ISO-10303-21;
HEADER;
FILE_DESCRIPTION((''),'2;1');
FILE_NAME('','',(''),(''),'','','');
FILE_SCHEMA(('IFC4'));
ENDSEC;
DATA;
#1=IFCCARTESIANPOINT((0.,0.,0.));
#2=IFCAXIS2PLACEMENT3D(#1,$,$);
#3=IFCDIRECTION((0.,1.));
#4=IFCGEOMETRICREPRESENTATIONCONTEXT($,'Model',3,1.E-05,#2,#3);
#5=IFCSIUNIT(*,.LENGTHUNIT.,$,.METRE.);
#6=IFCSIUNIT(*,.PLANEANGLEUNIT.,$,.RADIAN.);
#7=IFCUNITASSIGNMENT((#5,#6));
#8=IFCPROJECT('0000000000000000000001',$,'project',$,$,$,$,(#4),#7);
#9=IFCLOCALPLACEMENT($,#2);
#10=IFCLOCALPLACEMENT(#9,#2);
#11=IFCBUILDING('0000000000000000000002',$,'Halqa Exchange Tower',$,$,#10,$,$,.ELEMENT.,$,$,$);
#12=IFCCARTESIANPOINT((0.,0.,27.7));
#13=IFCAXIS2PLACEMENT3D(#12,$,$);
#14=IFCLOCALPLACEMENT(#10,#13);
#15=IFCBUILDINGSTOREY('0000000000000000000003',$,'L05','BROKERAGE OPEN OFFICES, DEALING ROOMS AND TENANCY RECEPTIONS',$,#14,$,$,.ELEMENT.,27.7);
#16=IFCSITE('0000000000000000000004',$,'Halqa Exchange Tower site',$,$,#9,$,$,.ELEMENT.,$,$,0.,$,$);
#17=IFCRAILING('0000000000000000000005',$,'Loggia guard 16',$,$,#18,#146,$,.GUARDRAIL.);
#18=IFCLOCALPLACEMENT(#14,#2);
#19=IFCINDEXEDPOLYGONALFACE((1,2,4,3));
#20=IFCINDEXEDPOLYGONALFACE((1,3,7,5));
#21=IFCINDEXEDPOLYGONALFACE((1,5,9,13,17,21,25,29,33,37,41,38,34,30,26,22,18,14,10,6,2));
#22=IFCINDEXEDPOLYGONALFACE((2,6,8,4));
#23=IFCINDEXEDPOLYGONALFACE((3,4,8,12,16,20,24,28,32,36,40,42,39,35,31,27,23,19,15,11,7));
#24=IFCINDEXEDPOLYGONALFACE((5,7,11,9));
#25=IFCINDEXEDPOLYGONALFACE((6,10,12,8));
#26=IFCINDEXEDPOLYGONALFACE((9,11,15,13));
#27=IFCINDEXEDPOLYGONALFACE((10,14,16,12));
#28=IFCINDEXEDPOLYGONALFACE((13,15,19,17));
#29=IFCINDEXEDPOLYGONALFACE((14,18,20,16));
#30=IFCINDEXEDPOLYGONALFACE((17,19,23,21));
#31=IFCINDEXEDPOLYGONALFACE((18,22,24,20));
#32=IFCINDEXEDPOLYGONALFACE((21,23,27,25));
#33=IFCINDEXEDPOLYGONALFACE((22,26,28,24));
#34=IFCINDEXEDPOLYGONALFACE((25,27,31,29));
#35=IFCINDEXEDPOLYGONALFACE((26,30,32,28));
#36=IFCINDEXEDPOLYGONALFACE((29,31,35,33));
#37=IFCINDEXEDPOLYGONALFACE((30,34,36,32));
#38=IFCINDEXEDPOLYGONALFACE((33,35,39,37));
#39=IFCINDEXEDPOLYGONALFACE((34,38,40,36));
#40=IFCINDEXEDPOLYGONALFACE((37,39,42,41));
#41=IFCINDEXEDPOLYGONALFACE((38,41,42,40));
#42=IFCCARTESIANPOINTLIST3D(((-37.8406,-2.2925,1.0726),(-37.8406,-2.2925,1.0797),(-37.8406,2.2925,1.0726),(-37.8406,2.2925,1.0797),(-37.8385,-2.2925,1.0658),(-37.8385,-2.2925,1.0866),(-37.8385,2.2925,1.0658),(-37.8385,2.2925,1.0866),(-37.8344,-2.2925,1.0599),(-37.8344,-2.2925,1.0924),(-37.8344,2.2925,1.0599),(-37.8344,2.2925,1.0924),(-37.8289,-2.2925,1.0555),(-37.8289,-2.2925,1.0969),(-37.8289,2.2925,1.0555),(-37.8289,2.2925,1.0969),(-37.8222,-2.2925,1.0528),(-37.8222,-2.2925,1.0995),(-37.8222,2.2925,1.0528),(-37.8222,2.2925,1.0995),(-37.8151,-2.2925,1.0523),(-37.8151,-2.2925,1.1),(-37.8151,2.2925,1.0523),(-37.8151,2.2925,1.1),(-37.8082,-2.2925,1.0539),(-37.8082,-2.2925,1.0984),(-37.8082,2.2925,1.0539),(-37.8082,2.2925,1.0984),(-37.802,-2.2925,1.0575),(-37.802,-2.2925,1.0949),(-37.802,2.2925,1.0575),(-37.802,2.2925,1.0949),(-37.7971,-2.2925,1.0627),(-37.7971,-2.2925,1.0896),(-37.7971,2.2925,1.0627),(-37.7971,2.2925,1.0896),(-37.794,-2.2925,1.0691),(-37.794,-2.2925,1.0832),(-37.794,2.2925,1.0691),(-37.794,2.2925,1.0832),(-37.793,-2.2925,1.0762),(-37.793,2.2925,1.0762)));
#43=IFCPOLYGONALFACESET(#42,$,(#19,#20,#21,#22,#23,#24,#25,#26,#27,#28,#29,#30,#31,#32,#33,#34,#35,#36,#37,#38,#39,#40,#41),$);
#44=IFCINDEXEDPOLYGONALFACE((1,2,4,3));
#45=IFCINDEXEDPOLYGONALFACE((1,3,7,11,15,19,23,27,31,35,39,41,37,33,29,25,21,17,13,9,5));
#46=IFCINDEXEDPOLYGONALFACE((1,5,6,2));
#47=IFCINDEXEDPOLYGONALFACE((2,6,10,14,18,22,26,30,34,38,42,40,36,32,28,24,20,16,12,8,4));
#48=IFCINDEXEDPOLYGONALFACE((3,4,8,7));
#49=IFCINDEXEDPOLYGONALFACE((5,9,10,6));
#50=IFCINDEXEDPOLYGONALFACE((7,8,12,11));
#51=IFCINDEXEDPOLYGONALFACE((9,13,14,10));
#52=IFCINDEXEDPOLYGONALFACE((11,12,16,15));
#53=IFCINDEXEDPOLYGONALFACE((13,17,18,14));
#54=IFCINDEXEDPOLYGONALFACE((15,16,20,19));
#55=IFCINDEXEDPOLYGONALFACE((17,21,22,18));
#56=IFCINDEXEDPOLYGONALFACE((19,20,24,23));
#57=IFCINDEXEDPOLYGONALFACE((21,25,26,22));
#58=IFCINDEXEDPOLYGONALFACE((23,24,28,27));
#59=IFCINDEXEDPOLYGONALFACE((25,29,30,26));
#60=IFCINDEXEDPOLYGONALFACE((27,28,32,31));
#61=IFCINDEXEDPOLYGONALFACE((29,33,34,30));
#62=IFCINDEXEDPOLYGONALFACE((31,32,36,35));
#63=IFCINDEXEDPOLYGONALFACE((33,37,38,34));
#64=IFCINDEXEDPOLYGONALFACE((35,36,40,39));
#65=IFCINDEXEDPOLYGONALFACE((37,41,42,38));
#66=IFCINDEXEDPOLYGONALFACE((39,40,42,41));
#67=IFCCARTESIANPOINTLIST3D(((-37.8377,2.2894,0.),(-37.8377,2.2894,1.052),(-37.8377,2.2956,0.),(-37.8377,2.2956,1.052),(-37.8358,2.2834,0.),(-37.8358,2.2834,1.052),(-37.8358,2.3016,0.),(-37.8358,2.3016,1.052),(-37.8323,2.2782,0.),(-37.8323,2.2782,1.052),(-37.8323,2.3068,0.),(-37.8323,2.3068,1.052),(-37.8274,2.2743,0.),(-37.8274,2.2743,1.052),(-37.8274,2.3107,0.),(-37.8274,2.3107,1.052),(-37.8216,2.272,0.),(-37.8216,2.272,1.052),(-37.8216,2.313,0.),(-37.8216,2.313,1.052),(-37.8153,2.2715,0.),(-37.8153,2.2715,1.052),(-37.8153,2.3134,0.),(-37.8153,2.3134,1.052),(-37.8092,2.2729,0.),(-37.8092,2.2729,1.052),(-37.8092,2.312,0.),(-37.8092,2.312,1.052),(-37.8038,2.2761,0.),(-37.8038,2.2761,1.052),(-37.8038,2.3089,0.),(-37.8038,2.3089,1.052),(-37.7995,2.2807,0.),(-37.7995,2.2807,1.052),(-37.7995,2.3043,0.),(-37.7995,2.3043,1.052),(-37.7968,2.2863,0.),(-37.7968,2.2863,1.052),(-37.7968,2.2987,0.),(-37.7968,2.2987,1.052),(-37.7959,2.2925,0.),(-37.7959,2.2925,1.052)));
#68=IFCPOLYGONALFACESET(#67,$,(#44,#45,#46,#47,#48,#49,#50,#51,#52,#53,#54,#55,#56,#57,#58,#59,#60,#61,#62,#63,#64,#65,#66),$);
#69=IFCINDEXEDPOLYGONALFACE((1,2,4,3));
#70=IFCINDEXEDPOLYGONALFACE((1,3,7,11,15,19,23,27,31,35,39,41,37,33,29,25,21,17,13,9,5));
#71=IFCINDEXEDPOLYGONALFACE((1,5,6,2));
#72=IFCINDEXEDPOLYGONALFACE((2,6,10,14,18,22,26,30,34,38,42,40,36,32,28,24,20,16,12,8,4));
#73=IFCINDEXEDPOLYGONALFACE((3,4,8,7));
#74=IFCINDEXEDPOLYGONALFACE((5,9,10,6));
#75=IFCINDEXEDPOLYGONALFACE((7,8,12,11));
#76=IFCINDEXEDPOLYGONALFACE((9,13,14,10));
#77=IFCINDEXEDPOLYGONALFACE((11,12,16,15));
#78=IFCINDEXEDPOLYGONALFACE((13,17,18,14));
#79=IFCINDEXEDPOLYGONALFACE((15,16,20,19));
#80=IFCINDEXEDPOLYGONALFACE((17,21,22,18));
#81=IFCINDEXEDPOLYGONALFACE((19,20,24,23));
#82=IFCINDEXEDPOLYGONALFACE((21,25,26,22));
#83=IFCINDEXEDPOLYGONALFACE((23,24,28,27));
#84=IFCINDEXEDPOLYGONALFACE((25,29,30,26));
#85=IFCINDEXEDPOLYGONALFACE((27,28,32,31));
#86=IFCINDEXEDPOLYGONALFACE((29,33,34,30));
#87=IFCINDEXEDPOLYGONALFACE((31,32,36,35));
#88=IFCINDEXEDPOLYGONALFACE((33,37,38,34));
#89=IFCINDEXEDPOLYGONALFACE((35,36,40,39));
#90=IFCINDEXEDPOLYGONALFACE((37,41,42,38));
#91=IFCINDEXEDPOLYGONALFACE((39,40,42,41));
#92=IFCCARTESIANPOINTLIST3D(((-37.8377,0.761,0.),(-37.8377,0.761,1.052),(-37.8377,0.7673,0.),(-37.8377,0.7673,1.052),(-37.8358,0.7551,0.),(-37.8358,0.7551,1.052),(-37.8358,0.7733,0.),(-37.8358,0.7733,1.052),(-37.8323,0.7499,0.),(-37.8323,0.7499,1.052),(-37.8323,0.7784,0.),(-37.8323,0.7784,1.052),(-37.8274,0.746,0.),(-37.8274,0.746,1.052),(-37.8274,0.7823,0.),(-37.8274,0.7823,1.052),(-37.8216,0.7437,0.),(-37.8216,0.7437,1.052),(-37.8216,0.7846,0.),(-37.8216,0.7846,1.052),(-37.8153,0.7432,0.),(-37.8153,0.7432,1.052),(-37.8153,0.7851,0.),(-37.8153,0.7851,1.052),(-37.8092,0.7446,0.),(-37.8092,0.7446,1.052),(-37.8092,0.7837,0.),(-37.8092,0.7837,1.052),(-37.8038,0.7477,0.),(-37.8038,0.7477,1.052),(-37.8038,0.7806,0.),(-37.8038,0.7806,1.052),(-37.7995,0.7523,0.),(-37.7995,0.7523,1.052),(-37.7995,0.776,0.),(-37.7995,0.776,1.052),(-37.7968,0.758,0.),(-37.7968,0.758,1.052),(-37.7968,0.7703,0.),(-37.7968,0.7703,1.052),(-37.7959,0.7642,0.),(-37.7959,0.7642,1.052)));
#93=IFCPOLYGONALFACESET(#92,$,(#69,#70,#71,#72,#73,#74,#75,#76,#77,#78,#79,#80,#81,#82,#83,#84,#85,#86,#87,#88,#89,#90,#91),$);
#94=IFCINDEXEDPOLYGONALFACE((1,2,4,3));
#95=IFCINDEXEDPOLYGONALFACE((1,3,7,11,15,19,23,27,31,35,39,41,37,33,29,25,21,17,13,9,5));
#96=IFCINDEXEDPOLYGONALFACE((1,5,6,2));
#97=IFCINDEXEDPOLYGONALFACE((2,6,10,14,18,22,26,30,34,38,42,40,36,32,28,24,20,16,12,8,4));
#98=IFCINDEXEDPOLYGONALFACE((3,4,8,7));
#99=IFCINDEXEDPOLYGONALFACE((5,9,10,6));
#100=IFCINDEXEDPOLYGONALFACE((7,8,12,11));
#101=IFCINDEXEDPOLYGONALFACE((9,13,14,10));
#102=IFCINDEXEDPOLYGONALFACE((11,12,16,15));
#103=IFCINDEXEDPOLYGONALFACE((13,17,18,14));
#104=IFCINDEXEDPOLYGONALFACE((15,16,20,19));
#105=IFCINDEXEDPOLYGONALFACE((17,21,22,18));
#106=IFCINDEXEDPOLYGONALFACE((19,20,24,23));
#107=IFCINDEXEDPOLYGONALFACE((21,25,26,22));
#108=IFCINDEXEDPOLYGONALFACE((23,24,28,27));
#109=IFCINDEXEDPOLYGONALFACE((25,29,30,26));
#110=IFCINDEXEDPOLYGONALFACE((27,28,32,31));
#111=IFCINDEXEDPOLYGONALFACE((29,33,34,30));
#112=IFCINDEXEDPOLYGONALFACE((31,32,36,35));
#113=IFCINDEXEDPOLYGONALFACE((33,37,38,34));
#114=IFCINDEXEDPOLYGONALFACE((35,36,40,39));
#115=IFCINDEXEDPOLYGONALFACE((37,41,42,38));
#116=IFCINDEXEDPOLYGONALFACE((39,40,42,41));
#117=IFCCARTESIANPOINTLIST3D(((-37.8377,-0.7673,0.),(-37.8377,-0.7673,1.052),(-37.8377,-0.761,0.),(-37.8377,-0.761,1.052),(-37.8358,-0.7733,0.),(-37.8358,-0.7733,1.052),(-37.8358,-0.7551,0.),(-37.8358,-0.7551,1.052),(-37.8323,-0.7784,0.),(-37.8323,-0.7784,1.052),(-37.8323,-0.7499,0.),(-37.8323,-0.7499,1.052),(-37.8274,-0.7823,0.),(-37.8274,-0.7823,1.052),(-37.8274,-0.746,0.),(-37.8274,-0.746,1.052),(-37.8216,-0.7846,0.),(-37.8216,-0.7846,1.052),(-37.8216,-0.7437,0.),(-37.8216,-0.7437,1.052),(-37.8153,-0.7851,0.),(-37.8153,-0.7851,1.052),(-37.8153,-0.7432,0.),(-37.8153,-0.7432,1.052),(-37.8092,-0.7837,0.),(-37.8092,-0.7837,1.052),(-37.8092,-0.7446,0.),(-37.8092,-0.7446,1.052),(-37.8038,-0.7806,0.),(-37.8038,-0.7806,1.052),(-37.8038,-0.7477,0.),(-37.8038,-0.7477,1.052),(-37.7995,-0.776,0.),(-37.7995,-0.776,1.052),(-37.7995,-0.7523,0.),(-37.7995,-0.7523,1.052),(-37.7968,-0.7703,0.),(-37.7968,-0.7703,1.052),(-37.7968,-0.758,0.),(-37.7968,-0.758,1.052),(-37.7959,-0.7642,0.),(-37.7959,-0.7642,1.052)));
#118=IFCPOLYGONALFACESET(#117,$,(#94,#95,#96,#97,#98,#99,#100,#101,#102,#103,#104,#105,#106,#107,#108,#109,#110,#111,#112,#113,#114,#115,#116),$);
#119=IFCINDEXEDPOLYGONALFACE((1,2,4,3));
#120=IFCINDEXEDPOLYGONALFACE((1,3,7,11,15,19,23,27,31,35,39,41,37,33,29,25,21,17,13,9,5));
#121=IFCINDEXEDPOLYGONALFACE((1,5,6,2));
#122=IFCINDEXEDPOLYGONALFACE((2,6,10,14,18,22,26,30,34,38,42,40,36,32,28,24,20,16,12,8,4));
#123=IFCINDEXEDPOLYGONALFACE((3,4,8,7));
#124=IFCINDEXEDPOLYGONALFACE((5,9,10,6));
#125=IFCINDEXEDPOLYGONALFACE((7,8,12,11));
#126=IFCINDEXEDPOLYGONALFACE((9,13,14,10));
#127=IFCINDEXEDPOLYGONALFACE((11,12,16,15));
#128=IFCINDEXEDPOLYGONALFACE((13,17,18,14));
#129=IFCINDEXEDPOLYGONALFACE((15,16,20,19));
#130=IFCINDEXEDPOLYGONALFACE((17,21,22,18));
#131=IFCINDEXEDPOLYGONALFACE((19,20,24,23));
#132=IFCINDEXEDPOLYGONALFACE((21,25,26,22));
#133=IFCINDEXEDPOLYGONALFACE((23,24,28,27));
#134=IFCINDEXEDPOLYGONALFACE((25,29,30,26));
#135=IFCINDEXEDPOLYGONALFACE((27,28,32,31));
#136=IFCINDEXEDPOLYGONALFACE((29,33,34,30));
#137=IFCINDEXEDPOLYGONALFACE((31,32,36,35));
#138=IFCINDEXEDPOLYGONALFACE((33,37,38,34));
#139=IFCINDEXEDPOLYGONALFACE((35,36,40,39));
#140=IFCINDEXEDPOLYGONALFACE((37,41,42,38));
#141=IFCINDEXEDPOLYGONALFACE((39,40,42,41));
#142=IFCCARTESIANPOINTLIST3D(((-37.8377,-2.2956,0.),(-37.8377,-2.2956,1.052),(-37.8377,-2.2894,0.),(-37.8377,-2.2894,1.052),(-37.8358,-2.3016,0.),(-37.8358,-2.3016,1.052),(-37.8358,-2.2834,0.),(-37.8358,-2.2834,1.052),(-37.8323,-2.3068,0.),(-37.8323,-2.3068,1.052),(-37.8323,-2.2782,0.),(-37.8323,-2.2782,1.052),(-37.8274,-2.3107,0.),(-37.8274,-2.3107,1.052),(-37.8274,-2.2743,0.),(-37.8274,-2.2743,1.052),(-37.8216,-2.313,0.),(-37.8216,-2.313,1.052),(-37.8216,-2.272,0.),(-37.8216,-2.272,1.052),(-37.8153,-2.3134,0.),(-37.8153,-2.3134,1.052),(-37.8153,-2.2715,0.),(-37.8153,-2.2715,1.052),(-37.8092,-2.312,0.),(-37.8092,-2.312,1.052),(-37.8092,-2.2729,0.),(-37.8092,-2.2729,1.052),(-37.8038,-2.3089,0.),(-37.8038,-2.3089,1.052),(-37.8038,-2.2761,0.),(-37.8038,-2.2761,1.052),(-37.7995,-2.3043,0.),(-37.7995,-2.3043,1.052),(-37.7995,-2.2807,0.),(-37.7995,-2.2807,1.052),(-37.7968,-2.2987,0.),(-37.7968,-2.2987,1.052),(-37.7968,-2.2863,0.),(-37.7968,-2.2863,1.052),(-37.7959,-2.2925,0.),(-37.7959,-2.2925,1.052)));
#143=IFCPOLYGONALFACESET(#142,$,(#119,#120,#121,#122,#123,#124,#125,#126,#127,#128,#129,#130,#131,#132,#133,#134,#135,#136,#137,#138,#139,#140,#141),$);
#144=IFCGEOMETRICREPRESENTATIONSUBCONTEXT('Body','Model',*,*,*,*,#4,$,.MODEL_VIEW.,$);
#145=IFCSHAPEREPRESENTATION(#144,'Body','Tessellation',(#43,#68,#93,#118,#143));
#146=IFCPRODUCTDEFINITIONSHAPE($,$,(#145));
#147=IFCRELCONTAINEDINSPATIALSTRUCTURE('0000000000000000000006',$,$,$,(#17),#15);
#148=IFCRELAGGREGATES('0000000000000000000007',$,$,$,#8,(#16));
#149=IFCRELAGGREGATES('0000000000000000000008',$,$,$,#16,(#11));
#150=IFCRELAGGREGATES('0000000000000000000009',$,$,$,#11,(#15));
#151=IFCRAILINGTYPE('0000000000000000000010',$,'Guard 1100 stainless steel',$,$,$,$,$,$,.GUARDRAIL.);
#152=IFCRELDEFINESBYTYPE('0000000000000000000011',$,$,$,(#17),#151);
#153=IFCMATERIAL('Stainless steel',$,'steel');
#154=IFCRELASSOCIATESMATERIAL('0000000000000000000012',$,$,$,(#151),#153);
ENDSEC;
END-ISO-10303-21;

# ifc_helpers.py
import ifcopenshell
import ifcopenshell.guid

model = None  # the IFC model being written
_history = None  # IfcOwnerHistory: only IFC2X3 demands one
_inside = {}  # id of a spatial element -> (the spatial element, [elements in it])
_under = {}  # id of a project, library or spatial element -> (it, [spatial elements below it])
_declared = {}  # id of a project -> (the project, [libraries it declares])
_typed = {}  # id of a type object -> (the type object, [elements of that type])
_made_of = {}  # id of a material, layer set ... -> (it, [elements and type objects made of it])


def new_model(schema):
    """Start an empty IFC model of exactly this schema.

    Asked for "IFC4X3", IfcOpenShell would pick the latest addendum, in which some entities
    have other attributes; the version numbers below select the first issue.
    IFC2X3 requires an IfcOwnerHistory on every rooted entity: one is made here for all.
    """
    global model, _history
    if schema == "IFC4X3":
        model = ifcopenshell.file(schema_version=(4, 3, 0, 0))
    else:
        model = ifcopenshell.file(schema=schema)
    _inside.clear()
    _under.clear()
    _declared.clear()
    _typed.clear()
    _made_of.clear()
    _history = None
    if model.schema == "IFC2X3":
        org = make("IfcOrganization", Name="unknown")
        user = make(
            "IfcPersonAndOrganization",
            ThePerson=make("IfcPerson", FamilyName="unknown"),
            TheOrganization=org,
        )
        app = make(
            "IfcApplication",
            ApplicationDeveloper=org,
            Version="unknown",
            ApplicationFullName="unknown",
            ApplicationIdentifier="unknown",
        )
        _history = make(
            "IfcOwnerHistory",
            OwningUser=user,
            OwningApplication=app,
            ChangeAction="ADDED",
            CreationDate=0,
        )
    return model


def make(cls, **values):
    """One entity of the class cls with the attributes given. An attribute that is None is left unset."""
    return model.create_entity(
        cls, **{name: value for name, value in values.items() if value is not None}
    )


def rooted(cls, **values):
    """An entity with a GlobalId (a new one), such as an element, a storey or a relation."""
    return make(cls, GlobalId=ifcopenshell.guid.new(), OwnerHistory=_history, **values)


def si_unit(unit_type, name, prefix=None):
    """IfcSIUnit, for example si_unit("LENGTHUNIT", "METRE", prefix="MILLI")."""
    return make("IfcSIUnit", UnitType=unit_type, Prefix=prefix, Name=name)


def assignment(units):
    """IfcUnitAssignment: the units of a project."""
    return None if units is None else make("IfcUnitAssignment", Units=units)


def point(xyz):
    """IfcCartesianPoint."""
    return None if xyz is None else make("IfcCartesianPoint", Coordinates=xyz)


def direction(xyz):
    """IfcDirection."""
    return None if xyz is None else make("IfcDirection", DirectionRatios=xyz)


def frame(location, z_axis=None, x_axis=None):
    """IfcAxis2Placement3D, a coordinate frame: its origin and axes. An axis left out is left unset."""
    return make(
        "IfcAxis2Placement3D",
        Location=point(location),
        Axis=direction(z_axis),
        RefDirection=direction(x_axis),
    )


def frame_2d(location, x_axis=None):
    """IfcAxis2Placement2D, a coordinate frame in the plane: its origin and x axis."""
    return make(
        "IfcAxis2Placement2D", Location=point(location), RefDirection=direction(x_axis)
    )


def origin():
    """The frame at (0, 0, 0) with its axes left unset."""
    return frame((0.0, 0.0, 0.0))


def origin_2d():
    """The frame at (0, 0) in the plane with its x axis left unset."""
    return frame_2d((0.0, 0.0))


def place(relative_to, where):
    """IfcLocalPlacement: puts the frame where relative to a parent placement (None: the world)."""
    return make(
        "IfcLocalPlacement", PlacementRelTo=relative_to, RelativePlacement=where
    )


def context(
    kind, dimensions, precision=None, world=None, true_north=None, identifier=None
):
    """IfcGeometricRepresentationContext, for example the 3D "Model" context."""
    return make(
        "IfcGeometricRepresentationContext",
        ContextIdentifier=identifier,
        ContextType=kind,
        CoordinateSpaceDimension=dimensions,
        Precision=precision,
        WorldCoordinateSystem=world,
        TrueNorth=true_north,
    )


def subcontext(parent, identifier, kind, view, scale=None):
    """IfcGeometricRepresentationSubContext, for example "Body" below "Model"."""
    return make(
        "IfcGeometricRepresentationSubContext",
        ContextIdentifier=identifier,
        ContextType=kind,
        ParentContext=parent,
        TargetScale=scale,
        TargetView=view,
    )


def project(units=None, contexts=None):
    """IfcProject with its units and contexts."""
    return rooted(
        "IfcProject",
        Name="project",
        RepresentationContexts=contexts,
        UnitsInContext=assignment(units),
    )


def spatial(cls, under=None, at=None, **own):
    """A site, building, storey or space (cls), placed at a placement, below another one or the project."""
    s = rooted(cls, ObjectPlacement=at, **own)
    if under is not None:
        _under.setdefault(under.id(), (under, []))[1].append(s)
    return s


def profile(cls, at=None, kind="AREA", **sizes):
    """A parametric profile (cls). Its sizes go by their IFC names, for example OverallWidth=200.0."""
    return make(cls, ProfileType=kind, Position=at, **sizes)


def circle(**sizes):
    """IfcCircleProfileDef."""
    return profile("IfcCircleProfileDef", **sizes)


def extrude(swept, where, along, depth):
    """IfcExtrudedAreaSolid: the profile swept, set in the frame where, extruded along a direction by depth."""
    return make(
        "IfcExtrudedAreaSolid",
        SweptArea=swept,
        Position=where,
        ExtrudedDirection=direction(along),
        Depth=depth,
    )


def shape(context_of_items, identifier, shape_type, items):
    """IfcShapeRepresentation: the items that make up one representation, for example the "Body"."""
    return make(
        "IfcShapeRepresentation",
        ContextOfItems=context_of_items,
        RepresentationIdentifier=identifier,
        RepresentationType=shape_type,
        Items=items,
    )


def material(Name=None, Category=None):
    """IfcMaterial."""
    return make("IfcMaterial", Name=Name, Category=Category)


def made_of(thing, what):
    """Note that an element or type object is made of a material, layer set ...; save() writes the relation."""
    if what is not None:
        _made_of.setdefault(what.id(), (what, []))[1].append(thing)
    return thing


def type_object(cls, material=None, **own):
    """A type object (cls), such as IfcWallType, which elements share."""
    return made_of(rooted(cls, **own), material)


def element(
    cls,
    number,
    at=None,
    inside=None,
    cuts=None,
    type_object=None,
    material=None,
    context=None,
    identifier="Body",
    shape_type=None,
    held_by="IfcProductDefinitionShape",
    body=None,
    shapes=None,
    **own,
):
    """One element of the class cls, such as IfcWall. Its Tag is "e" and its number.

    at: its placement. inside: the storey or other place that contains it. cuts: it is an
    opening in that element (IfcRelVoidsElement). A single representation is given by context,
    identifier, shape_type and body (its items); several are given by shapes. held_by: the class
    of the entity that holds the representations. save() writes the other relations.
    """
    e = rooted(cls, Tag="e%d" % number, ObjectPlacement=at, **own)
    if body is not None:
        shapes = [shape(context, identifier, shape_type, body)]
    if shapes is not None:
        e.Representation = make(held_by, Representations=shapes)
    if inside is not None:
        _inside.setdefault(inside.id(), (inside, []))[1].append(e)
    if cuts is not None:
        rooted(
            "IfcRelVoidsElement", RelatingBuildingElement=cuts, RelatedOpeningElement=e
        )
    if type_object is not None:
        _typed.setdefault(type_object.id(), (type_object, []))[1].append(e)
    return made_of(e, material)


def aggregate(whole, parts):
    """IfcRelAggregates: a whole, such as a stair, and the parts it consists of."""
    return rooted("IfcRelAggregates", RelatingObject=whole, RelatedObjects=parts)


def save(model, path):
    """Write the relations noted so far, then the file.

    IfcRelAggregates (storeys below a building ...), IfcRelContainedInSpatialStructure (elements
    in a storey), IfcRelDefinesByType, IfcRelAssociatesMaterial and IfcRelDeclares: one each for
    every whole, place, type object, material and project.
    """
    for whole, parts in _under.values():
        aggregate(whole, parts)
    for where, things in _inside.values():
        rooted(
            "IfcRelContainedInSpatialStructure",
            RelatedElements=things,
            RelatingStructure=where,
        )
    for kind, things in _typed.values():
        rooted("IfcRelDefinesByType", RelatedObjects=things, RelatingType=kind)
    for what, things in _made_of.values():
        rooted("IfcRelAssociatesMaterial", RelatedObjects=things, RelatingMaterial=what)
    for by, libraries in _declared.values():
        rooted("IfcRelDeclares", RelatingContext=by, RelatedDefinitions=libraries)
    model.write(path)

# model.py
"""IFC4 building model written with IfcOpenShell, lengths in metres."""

from ifc_helpers import new_model, si_unit, direction, frame, origin, origin_2d, place, context, subcontext, project, spatial, circle, extrude, material, type_object, element, save


model = new_model("IFC4")

# Units and contexts
model_context = context("Model", 3, precision=1e-05, world=origin(), true_north=direction((0.0, 1.0)))
body_context = subcontext(model_context, "Body", "Model", "MODEL_VIEW")
ifc_project = project(units=[si_unit("LENGTHUNIT", "METRE"), si_unit("PLANEANGLEUNIT", "RADIAN")], contexts=[model_context])

# Site, building, storey
site_placement = place(None, origin())
site = spatial("IfcSite", under=ifc_project, at=site_placement, Name="Halqa Exchange Tower site", CompositionType="ELEMENT", RefElevation=0.0)
building_placement = place(site_placement, origin())
building = spatial("IfcBuilding", under=site, at=building_placement, Name="Halqa Exchange Tower", CompositionType="ELEMENT")
storey_placement = place(building_placement, frame((0.0, 0.0, 27.7)))
storey = spatial("IfcBuildingStorey", under=building, at=storey_placement, Name="L05", Description="BROKERAGE OPEN OFFICES, DEALING ROOMS AND TENANCY RECEPTIONS", CompositionType="ELEMENT", Elevation=27.7)

# Railing
ifc_material_1 = material(Name="Stainless steel", Category="steel")
railing_type = type_object("IfcRailingType", Name="Guard 1100 stainless steel", PredefinedType="GUARDRAIL", material=ifc_material_1)
railing_1_placement = place(storey_placement, frame((-37.8169, 2.2925, 0.0)))
element("IfcRailing", 1, at=railing_1_placement, inside=storey, type_object=railing_type, Name="Loggia guard 16", PredefinedType="GUARDRAIL", context=body_context, shape_type="SweptSolid", body=[
    extrude(circle(Radius=0.0239, at=origin_2d()), frame((0.0, 0.0, 1.0762), z_axis=(0.0, -1.0, 0.0), x_axis=(1.0, 0.0, 0.0)), (0.0, 0.0, 1.0), 4.585),
    extrude(circle(Radius=0.021, at=origin_2d()), origin(), (0.0, 0.0, 1.0), 1.052),
    extrude(circle(Radius=0.021, at=origin_2d()), frame((0.0, -1.5283, 0.0)), (0.0, 0.0, 1.0), 1.052),
    extrude(circle(Radius=0.021, at=origin_2d()), frame((0.0, -3.0566, 0.0)), (0.0, 0.0, 1.0), 1.052),
    extrude(circle(Radius=0.021, at=origin_2d()), frame((0.0, -4.585, 0.0)), (0.0, 0.0, 1.0), 1.052),
])

save(model, "model.ifc")
